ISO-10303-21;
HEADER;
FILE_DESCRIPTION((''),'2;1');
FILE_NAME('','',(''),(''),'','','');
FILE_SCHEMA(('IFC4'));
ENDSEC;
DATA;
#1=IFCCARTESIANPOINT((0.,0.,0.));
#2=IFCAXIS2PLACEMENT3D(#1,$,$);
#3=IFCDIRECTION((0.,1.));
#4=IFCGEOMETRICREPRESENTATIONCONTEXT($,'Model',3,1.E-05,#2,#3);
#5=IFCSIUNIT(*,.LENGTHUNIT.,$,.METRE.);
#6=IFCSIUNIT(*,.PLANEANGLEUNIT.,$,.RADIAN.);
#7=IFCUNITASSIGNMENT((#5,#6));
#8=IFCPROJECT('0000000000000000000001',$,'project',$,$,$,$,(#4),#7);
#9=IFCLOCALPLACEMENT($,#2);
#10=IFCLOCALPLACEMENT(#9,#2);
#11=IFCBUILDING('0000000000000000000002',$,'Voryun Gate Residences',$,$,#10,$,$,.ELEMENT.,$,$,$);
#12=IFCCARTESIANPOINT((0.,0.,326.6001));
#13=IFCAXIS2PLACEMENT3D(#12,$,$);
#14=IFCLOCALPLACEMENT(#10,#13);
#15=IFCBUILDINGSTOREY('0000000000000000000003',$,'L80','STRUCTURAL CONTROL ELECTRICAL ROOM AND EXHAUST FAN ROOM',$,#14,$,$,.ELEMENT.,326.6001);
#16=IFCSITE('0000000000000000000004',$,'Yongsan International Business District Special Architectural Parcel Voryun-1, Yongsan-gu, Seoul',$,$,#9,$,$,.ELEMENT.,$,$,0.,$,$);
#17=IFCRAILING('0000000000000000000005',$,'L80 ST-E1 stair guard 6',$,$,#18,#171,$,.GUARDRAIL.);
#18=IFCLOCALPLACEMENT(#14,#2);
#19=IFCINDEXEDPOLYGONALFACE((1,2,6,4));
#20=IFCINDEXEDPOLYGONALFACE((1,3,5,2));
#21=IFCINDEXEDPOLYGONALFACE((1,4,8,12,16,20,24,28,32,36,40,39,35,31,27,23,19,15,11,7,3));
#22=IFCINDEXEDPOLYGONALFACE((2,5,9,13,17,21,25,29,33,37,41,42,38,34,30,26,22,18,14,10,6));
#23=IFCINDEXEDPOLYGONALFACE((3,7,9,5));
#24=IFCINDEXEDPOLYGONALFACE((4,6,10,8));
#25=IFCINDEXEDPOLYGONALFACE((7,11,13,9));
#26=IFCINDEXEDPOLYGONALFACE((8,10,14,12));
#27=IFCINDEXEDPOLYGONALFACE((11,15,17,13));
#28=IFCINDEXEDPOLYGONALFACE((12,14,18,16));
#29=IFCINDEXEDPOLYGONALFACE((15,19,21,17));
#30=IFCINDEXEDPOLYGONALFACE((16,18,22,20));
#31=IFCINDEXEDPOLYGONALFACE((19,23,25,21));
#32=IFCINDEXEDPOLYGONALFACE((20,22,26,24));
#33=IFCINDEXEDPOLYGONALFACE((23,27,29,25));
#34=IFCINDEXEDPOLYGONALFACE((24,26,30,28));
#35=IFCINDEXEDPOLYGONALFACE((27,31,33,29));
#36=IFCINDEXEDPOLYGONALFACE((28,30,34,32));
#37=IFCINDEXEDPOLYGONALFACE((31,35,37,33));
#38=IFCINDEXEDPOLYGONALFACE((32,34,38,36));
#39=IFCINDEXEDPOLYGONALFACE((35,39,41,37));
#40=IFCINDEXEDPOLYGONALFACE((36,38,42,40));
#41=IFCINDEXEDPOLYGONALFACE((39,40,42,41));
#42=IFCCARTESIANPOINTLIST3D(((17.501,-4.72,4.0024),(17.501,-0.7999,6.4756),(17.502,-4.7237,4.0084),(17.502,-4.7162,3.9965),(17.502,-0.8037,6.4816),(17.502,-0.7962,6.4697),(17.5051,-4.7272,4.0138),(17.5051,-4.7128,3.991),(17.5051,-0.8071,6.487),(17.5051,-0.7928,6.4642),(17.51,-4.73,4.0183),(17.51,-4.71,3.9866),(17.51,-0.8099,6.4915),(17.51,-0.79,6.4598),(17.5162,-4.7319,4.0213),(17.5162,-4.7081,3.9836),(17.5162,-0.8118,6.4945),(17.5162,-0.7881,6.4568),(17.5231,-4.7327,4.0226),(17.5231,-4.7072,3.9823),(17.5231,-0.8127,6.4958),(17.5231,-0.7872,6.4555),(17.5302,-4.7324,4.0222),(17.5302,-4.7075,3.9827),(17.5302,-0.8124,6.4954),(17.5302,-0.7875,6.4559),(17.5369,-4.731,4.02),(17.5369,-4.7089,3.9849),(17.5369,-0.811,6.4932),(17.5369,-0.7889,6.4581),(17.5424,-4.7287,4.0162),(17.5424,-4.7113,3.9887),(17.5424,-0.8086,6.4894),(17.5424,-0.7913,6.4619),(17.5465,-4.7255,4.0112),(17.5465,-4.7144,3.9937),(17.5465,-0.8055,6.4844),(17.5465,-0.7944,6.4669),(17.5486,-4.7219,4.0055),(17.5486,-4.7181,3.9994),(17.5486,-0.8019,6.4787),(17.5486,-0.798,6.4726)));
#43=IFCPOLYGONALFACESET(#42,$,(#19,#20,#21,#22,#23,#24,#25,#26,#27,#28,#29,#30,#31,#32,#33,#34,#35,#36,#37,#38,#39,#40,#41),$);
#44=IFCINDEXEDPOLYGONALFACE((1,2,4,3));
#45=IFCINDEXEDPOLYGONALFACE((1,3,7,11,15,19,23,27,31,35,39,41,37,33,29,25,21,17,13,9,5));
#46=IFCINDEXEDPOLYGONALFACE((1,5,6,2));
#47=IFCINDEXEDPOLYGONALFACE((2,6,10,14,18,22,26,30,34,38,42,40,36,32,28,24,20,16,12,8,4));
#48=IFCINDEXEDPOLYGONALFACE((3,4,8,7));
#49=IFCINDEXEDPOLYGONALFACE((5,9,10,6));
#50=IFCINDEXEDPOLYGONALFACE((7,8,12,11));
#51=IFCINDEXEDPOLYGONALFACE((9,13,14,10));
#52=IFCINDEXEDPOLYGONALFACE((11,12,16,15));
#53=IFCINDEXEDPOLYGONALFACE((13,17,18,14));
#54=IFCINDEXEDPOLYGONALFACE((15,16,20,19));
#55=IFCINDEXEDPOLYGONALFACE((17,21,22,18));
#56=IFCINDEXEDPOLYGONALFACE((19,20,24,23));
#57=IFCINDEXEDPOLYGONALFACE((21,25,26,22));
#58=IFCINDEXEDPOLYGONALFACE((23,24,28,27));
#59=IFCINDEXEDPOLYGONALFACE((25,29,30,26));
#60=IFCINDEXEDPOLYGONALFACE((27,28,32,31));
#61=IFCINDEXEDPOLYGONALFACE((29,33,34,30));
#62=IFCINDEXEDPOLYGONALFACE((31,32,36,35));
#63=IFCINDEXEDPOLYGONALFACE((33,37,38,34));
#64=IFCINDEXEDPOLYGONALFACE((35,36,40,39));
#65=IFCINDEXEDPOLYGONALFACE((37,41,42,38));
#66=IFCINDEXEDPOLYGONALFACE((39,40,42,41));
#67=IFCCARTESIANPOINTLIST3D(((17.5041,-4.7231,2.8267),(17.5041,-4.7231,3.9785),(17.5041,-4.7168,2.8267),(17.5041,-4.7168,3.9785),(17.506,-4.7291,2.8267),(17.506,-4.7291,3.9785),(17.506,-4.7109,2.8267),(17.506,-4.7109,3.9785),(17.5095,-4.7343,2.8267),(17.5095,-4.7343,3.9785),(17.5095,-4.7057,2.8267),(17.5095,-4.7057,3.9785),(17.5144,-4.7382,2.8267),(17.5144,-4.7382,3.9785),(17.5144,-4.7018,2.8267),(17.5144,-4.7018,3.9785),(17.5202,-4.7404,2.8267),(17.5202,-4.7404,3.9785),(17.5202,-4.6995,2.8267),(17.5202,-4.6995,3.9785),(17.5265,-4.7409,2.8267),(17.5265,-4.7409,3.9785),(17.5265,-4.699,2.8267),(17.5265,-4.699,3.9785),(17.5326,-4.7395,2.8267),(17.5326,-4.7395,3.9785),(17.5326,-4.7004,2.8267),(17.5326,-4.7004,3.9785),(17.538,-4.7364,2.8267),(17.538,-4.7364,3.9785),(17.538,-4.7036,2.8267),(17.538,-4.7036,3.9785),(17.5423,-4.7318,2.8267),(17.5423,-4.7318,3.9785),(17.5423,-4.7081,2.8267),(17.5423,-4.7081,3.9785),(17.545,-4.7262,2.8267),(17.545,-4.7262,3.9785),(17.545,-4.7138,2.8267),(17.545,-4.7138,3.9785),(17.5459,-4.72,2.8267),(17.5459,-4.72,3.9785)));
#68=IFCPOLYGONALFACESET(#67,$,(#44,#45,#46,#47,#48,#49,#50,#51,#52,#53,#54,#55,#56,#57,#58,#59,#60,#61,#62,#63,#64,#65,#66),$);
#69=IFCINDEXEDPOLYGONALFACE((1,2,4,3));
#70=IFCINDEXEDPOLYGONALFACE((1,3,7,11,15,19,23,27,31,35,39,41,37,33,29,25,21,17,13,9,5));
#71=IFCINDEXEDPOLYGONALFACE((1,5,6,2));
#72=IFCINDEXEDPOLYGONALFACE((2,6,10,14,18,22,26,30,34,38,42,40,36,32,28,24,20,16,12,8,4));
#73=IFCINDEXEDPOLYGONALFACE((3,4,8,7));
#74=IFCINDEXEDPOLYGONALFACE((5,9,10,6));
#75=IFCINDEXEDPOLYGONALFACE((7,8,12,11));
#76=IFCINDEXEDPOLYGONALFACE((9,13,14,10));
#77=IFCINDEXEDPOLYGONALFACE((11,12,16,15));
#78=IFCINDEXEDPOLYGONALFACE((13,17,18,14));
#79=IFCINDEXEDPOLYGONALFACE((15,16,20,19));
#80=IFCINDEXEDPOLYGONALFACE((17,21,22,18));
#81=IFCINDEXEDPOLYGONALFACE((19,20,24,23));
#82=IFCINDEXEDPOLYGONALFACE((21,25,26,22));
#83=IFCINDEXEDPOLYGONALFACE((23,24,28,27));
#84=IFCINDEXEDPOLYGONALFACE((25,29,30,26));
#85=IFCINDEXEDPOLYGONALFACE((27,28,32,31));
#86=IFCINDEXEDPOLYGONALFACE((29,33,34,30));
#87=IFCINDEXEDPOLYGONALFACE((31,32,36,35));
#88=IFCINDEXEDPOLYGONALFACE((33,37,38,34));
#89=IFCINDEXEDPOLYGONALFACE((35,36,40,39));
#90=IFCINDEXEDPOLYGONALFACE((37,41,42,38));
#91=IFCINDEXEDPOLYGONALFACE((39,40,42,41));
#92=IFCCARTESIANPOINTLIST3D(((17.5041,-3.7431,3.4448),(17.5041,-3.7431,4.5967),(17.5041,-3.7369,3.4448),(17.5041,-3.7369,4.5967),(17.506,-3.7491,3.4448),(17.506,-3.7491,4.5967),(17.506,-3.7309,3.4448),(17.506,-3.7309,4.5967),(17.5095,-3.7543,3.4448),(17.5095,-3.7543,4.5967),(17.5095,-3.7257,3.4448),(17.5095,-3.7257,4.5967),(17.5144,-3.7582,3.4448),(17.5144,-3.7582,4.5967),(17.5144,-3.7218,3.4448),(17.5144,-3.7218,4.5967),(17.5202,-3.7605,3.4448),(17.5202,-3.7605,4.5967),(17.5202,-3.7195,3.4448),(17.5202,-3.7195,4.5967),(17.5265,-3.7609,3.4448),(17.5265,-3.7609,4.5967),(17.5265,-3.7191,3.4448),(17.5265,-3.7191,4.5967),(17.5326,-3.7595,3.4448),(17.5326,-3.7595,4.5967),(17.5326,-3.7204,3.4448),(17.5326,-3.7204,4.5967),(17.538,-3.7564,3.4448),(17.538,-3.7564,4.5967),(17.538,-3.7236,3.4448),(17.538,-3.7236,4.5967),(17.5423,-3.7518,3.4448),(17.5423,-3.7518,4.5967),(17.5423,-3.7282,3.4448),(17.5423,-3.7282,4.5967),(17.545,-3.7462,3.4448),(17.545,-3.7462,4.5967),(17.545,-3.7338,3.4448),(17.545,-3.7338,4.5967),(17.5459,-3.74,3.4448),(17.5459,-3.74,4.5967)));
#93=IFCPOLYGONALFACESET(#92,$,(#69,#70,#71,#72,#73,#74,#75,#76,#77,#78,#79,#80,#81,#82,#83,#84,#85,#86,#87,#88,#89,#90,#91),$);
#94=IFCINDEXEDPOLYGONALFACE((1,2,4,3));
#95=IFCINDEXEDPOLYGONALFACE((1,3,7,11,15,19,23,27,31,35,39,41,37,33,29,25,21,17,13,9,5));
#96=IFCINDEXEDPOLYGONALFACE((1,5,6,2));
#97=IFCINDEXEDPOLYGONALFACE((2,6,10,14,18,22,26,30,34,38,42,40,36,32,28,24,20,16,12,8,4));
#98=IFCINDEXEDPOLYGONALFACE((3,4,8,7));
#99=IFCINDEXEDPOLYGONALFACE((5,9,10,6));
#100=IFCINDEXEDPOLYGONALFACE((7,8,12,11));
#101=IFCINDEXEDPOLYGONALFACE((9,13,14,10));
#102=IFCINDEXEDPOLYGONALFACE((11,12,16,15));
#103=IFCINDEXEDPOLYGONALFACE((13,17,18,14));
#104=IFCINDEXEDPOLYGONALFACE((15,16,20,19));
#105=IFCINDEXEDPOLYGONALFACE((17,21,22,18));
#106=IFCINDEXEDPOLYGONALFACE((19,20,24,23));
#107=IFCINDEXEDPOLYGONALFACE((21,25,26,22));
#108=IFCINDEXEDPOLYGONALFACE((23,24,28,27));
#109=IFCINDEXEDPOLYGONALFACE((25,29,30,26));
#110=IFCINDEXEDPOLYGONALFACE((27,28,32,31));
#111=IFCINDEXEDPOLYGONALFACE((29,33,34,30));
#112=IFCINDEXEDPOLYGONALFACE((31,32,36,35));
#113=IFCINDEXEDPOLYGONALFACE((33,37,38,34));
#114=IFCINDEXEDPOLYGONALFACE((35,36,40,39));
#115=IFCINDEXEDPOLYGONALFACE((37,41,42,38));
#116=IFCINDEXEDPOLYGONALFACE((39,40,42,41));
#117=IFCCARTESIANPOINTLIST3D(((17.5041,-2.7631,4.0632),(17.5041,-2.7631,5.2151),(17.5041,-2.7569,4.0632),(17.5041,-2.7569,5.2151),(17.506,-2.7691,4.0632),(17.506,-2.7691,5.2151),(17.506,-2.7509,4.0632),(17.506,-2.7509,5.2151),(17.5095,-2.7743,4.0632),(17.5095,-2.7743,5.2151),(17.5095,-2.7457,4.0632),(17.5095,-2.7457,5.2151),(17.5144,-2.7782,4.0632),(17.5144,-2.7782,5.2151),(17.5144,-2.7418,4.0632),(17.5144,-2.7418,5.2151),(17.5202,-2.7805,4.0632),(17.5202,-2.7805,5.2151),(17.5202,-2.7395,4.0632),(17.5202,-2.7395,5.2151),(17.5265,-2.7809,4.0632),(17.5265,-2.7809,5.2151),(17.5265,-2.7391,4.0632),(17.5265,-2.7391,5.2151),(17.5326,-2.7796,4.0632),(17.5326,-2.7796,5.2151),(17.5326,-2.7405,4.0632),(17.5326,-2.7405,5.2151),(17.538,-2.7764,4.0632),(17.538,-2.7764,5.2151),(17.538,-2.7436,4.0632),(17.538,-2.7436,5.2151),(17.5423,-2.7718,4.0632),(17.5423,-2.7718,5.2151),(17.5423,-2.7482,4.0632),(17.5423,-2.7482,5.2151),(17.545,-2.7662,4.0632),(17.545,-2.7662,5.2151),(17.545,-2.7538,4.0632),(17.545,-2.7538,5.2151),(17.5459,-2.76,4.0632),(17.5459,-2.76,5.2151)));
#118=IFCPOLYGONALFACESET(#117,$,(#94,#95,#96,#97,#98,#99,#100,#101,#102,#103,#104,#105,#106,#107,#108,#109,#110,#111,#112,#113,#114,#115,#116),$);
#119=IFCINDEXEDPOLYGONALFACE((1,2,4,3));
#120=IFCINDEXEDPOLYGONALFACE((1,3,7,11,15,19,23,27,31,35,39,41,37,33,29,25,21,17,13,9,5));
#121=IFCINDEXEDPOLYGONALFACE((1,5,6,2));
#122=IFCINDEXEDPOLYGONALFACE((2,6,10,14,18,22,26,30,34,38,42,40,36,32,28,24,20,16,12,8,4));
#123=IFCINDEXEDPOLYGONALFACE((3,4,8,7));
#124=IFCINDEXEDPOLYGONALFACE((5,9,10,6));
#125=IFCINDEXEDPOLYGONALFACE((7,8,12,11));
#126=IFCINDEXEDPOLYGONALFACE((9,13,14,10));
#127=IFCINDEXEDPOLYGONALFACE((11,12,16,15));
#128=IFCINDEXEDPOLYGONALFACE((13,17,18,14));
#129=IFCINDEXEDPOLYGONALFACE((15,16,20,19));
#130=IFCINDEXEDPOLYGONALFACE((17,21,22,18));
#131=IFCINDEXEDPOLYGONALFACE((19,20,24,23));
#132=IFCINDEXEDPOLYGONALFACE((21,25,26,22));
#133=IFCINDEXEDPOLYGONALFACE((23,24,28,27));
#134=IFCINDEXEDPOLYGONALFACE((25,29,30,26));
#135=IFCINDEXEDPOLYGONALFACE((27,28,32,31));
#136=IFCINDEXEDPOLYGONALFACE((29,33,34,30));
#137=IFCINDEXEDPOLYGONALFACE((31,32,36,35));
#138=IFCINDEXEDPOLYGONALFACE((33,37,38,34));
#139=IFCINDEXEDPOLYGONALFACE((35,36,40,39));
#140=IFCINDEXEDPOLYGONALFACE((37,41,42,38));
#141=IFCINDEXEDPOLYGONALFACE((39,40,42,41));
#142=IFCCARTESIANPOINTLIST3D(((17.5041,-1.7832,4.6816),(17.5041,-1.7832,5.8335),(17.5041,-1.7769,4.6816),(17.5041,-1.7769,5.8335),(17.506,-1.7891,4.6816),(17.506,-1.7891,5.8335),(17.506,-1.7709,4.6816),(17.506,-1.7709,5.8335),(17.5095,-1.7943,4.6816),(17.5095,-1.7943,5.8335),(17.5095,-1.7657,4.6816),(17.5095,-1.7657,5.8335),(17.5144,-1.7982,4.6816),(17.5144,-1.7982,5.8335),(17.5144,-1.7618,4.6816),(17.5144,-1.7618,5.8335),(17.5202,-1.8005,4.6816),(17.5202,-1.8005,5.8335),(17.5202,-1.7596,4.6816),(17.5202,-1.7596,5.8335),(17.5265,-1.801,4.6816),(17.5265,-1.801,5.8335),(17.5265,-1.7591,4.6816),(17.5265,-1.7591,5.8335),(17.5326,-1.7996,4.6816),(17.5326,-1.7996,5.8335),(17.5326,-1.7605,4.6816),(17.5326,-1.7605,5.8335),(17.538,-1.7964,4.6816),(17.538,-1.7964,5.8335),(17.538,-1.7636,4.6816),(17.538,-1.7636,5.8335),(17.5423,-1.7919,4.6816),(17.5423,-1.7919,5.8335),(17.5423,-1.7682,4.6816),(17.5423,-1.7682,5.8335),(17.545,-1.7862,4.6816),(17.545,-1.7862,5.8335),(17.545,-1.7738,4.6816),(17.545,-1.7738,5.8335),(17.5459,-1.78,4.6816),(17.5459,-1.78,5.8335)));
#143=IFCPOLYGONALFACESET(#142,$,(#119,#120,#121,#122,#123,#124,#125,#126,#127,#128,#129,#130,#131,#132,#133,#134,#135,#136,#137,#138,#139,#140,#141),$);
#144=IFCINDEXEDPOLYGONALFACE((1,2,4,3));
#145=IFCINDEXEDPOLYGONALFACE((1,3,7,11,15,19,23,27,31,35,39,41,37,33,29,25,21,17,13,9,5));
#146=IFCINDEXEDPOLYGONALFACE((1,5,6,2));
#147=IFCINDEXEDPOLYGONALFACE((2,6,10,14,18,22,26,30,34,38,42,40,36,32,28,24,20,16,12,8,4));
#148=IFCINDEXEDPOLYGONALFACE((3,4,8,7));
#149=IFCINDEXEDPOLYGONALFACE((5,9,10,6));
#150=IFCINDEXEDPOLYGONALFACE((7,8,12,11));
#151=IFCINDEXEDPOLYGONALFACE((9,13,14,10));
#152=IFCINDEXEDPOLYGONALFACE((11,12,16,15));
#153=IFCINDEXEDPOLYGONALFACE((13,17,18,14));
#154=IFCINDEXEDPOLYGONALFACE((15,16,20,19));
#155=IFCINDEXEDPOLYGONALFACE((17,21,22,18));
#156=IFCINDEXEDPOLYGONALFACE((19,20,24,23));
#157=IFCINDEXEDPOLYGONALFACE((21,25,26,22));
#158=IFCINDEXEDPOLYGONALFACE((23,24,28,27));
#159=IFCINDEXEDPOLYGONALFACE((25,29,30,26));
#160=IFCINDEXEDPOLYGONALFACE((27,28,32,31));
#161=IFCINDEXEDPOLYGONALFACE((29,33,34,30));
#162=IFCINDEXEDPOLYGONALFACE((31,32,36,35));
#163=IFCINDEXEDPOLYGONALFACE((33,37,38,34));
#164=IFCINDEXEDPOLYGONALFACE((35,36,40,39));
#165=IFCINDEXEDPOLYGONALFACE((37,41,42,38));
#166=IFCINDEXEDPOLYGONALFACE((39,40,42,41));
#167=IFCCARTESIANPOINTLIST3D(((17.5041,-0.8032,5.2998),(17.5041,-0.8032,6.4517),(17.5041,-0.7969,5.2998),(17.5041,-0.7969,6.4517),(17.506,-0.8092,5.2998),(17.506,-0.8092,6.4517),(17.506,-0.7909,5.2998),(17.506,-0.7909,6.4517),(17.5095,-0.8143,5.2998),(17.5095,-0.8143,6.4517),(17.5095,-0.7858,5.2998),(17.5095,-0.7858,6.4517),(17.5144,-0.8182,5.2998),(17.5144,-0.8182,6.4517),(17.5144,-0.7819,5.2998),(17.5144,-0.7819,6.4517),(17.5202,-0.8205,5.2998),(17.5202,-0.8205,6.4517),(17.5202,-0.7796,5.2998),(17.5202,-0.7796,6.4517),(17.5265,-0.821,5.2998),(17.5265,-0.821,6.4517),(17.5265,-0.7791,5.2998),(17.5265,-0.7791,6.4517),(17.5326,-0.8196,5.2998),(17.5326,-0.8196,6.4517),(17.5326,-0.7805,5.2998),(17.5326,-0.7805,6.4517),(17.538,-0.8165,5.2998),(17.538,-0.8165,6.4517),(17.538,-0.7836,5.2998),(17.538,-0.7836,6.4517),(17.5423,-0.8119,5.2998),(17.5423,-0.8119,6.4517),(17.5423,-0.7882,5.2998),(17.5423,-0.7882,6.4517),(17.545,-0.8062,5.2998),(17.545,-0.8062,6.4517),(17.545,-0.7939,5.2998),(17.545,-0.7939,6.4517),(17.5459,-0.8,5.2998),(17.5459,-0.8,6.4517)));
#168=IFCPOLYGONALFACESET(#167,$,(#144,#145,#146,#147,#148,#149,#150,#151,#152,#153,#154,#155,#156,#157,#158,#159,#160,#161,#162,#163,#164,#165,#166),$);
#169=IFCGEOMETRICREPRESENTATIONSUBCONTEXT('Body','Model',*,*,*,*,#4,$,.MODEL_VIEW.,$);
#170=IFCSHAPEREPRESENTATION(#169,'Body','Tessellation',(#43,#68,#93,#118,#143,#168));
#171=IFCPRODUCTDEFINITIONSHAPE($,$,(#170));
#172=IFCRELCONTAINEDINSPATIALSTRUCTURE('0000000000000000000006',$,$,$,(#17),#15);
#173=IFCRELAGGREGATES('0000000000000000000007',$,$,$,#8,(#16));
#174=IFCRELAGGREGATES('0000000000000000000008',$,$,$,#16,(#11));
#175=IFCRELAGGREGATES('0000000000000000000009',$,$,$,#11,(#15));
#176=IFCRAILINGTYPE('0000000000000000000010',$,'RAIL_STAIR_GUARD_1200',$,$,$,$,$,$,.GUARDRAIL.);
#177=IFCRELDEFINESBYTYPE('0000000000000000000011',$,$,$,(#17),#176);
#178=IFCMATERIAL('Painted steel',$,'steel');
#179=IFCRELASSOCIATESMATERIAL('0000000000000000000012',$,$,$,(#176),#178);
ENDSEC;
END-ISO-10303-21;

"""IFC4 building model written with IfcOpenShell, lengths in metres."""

from ifc_helpers import new_model, si_unit, direction, frame, origin, origin_2d, place, context, subcontext, project, spatial, circle, extrude, material, type_object, element, save


model = new_model("IFC4")

# Units and contexts
model_context = context("Model", 3, precision=1e-05, world=origin(), true_north=direction((0.0, 1.0)))
body_context = subcontext(model_context, "Body", "Model", "MODEL_VIEW")
ifc_project = project(units=[si_unit("LENGTHUNIT", "METRE"), si_unit("PLANEANGLEUNIT", "RADIAN")], contexts=[model_context])

# Site, building, storey
site_placement = place(None, origin())
site = spatial("IfcSite", under=ifc_project, at=site_placement, Name="Yongsan International Business District Special Architectural Parcel Voryun-1, Yongsan-gu, Seoul", CompositionType="ELEMENT", RefElevation=0.0)
building_placement = place(site_placement, origin())
building = spatial("IfcBuilding", under=site, at=building_placement, Name="Voryun Gate Residences", CompositionType="ELEMENT")
storey_placement = place(building_placement, frame((0.0, 0.0, 326.6001)))
storey = spatial("IfcBuildingStorey", under=building, at=storey_placement, Name="L80", Description="STRUCTURAL CONTROL ELECTRICAL ROOM AND EXHAUST FAN ROOM", CompositionType="ELEMENT", Elevation=326.6001)

# Railing
ifc_material_1 = material(Name="Painted steel", Category="steel")
railing_type_1 = type_object("IfcRailingType", Name="RAIL_STAIR_GUARD_1200", PredefinedType="GUARDRAIL", material=ifc_material_1)
railing_1_placement = place(storey_placement, frame((17.5249, -4.72, 2.8267)))
element("IfcRailing", 1, at=railing_1_placement, inside=storey, type_object=railing_type_1, Name="L80 ST-E1 stair guard 6", PredefinedType="GUARDRAIL", context=body_context, shape_type="SweptSolid", body=[
    extrude(circle(Radius=0.0239, at=origin_2d()), frame((0.0, 0.0, 1.1758), z_axis=(0.0, 0.845742, 0.533593), x_axis=(-1.0, 0.0, 0.0)), (0.0, 0.0, 1.0), 4.635),
    extrude(circle(Radius=0.021, at=origin_2d()), origin(), (0.0, 0.0, 1.0), 1.1519),
    extrude(circle(Radius=0.021, at=origin_2d()), frame((0.0, 0.98, 0.6182)), (0.0, 0.0, 1.0), 1.1519),
    extrude(circle(Radius=0.021, at=origin_2d()), frame((0.0, 1.96, 1.2366)), (0.0, 0.0, 1.0), 1.1519),
    extrude(circle(Radius=0.021, at=origin_2d()), frame((0.0, 2.9399, 1.855)), (0.0, 0.0, 1.0), 1.1519),
    extrude(circle(Radius=0.021, at=origin_2d()), frame((0.0, 3.9199, 2.4731)), (0.0, 0.0, 1.0), 1.1519),
])

save(model, "model.ifc")
